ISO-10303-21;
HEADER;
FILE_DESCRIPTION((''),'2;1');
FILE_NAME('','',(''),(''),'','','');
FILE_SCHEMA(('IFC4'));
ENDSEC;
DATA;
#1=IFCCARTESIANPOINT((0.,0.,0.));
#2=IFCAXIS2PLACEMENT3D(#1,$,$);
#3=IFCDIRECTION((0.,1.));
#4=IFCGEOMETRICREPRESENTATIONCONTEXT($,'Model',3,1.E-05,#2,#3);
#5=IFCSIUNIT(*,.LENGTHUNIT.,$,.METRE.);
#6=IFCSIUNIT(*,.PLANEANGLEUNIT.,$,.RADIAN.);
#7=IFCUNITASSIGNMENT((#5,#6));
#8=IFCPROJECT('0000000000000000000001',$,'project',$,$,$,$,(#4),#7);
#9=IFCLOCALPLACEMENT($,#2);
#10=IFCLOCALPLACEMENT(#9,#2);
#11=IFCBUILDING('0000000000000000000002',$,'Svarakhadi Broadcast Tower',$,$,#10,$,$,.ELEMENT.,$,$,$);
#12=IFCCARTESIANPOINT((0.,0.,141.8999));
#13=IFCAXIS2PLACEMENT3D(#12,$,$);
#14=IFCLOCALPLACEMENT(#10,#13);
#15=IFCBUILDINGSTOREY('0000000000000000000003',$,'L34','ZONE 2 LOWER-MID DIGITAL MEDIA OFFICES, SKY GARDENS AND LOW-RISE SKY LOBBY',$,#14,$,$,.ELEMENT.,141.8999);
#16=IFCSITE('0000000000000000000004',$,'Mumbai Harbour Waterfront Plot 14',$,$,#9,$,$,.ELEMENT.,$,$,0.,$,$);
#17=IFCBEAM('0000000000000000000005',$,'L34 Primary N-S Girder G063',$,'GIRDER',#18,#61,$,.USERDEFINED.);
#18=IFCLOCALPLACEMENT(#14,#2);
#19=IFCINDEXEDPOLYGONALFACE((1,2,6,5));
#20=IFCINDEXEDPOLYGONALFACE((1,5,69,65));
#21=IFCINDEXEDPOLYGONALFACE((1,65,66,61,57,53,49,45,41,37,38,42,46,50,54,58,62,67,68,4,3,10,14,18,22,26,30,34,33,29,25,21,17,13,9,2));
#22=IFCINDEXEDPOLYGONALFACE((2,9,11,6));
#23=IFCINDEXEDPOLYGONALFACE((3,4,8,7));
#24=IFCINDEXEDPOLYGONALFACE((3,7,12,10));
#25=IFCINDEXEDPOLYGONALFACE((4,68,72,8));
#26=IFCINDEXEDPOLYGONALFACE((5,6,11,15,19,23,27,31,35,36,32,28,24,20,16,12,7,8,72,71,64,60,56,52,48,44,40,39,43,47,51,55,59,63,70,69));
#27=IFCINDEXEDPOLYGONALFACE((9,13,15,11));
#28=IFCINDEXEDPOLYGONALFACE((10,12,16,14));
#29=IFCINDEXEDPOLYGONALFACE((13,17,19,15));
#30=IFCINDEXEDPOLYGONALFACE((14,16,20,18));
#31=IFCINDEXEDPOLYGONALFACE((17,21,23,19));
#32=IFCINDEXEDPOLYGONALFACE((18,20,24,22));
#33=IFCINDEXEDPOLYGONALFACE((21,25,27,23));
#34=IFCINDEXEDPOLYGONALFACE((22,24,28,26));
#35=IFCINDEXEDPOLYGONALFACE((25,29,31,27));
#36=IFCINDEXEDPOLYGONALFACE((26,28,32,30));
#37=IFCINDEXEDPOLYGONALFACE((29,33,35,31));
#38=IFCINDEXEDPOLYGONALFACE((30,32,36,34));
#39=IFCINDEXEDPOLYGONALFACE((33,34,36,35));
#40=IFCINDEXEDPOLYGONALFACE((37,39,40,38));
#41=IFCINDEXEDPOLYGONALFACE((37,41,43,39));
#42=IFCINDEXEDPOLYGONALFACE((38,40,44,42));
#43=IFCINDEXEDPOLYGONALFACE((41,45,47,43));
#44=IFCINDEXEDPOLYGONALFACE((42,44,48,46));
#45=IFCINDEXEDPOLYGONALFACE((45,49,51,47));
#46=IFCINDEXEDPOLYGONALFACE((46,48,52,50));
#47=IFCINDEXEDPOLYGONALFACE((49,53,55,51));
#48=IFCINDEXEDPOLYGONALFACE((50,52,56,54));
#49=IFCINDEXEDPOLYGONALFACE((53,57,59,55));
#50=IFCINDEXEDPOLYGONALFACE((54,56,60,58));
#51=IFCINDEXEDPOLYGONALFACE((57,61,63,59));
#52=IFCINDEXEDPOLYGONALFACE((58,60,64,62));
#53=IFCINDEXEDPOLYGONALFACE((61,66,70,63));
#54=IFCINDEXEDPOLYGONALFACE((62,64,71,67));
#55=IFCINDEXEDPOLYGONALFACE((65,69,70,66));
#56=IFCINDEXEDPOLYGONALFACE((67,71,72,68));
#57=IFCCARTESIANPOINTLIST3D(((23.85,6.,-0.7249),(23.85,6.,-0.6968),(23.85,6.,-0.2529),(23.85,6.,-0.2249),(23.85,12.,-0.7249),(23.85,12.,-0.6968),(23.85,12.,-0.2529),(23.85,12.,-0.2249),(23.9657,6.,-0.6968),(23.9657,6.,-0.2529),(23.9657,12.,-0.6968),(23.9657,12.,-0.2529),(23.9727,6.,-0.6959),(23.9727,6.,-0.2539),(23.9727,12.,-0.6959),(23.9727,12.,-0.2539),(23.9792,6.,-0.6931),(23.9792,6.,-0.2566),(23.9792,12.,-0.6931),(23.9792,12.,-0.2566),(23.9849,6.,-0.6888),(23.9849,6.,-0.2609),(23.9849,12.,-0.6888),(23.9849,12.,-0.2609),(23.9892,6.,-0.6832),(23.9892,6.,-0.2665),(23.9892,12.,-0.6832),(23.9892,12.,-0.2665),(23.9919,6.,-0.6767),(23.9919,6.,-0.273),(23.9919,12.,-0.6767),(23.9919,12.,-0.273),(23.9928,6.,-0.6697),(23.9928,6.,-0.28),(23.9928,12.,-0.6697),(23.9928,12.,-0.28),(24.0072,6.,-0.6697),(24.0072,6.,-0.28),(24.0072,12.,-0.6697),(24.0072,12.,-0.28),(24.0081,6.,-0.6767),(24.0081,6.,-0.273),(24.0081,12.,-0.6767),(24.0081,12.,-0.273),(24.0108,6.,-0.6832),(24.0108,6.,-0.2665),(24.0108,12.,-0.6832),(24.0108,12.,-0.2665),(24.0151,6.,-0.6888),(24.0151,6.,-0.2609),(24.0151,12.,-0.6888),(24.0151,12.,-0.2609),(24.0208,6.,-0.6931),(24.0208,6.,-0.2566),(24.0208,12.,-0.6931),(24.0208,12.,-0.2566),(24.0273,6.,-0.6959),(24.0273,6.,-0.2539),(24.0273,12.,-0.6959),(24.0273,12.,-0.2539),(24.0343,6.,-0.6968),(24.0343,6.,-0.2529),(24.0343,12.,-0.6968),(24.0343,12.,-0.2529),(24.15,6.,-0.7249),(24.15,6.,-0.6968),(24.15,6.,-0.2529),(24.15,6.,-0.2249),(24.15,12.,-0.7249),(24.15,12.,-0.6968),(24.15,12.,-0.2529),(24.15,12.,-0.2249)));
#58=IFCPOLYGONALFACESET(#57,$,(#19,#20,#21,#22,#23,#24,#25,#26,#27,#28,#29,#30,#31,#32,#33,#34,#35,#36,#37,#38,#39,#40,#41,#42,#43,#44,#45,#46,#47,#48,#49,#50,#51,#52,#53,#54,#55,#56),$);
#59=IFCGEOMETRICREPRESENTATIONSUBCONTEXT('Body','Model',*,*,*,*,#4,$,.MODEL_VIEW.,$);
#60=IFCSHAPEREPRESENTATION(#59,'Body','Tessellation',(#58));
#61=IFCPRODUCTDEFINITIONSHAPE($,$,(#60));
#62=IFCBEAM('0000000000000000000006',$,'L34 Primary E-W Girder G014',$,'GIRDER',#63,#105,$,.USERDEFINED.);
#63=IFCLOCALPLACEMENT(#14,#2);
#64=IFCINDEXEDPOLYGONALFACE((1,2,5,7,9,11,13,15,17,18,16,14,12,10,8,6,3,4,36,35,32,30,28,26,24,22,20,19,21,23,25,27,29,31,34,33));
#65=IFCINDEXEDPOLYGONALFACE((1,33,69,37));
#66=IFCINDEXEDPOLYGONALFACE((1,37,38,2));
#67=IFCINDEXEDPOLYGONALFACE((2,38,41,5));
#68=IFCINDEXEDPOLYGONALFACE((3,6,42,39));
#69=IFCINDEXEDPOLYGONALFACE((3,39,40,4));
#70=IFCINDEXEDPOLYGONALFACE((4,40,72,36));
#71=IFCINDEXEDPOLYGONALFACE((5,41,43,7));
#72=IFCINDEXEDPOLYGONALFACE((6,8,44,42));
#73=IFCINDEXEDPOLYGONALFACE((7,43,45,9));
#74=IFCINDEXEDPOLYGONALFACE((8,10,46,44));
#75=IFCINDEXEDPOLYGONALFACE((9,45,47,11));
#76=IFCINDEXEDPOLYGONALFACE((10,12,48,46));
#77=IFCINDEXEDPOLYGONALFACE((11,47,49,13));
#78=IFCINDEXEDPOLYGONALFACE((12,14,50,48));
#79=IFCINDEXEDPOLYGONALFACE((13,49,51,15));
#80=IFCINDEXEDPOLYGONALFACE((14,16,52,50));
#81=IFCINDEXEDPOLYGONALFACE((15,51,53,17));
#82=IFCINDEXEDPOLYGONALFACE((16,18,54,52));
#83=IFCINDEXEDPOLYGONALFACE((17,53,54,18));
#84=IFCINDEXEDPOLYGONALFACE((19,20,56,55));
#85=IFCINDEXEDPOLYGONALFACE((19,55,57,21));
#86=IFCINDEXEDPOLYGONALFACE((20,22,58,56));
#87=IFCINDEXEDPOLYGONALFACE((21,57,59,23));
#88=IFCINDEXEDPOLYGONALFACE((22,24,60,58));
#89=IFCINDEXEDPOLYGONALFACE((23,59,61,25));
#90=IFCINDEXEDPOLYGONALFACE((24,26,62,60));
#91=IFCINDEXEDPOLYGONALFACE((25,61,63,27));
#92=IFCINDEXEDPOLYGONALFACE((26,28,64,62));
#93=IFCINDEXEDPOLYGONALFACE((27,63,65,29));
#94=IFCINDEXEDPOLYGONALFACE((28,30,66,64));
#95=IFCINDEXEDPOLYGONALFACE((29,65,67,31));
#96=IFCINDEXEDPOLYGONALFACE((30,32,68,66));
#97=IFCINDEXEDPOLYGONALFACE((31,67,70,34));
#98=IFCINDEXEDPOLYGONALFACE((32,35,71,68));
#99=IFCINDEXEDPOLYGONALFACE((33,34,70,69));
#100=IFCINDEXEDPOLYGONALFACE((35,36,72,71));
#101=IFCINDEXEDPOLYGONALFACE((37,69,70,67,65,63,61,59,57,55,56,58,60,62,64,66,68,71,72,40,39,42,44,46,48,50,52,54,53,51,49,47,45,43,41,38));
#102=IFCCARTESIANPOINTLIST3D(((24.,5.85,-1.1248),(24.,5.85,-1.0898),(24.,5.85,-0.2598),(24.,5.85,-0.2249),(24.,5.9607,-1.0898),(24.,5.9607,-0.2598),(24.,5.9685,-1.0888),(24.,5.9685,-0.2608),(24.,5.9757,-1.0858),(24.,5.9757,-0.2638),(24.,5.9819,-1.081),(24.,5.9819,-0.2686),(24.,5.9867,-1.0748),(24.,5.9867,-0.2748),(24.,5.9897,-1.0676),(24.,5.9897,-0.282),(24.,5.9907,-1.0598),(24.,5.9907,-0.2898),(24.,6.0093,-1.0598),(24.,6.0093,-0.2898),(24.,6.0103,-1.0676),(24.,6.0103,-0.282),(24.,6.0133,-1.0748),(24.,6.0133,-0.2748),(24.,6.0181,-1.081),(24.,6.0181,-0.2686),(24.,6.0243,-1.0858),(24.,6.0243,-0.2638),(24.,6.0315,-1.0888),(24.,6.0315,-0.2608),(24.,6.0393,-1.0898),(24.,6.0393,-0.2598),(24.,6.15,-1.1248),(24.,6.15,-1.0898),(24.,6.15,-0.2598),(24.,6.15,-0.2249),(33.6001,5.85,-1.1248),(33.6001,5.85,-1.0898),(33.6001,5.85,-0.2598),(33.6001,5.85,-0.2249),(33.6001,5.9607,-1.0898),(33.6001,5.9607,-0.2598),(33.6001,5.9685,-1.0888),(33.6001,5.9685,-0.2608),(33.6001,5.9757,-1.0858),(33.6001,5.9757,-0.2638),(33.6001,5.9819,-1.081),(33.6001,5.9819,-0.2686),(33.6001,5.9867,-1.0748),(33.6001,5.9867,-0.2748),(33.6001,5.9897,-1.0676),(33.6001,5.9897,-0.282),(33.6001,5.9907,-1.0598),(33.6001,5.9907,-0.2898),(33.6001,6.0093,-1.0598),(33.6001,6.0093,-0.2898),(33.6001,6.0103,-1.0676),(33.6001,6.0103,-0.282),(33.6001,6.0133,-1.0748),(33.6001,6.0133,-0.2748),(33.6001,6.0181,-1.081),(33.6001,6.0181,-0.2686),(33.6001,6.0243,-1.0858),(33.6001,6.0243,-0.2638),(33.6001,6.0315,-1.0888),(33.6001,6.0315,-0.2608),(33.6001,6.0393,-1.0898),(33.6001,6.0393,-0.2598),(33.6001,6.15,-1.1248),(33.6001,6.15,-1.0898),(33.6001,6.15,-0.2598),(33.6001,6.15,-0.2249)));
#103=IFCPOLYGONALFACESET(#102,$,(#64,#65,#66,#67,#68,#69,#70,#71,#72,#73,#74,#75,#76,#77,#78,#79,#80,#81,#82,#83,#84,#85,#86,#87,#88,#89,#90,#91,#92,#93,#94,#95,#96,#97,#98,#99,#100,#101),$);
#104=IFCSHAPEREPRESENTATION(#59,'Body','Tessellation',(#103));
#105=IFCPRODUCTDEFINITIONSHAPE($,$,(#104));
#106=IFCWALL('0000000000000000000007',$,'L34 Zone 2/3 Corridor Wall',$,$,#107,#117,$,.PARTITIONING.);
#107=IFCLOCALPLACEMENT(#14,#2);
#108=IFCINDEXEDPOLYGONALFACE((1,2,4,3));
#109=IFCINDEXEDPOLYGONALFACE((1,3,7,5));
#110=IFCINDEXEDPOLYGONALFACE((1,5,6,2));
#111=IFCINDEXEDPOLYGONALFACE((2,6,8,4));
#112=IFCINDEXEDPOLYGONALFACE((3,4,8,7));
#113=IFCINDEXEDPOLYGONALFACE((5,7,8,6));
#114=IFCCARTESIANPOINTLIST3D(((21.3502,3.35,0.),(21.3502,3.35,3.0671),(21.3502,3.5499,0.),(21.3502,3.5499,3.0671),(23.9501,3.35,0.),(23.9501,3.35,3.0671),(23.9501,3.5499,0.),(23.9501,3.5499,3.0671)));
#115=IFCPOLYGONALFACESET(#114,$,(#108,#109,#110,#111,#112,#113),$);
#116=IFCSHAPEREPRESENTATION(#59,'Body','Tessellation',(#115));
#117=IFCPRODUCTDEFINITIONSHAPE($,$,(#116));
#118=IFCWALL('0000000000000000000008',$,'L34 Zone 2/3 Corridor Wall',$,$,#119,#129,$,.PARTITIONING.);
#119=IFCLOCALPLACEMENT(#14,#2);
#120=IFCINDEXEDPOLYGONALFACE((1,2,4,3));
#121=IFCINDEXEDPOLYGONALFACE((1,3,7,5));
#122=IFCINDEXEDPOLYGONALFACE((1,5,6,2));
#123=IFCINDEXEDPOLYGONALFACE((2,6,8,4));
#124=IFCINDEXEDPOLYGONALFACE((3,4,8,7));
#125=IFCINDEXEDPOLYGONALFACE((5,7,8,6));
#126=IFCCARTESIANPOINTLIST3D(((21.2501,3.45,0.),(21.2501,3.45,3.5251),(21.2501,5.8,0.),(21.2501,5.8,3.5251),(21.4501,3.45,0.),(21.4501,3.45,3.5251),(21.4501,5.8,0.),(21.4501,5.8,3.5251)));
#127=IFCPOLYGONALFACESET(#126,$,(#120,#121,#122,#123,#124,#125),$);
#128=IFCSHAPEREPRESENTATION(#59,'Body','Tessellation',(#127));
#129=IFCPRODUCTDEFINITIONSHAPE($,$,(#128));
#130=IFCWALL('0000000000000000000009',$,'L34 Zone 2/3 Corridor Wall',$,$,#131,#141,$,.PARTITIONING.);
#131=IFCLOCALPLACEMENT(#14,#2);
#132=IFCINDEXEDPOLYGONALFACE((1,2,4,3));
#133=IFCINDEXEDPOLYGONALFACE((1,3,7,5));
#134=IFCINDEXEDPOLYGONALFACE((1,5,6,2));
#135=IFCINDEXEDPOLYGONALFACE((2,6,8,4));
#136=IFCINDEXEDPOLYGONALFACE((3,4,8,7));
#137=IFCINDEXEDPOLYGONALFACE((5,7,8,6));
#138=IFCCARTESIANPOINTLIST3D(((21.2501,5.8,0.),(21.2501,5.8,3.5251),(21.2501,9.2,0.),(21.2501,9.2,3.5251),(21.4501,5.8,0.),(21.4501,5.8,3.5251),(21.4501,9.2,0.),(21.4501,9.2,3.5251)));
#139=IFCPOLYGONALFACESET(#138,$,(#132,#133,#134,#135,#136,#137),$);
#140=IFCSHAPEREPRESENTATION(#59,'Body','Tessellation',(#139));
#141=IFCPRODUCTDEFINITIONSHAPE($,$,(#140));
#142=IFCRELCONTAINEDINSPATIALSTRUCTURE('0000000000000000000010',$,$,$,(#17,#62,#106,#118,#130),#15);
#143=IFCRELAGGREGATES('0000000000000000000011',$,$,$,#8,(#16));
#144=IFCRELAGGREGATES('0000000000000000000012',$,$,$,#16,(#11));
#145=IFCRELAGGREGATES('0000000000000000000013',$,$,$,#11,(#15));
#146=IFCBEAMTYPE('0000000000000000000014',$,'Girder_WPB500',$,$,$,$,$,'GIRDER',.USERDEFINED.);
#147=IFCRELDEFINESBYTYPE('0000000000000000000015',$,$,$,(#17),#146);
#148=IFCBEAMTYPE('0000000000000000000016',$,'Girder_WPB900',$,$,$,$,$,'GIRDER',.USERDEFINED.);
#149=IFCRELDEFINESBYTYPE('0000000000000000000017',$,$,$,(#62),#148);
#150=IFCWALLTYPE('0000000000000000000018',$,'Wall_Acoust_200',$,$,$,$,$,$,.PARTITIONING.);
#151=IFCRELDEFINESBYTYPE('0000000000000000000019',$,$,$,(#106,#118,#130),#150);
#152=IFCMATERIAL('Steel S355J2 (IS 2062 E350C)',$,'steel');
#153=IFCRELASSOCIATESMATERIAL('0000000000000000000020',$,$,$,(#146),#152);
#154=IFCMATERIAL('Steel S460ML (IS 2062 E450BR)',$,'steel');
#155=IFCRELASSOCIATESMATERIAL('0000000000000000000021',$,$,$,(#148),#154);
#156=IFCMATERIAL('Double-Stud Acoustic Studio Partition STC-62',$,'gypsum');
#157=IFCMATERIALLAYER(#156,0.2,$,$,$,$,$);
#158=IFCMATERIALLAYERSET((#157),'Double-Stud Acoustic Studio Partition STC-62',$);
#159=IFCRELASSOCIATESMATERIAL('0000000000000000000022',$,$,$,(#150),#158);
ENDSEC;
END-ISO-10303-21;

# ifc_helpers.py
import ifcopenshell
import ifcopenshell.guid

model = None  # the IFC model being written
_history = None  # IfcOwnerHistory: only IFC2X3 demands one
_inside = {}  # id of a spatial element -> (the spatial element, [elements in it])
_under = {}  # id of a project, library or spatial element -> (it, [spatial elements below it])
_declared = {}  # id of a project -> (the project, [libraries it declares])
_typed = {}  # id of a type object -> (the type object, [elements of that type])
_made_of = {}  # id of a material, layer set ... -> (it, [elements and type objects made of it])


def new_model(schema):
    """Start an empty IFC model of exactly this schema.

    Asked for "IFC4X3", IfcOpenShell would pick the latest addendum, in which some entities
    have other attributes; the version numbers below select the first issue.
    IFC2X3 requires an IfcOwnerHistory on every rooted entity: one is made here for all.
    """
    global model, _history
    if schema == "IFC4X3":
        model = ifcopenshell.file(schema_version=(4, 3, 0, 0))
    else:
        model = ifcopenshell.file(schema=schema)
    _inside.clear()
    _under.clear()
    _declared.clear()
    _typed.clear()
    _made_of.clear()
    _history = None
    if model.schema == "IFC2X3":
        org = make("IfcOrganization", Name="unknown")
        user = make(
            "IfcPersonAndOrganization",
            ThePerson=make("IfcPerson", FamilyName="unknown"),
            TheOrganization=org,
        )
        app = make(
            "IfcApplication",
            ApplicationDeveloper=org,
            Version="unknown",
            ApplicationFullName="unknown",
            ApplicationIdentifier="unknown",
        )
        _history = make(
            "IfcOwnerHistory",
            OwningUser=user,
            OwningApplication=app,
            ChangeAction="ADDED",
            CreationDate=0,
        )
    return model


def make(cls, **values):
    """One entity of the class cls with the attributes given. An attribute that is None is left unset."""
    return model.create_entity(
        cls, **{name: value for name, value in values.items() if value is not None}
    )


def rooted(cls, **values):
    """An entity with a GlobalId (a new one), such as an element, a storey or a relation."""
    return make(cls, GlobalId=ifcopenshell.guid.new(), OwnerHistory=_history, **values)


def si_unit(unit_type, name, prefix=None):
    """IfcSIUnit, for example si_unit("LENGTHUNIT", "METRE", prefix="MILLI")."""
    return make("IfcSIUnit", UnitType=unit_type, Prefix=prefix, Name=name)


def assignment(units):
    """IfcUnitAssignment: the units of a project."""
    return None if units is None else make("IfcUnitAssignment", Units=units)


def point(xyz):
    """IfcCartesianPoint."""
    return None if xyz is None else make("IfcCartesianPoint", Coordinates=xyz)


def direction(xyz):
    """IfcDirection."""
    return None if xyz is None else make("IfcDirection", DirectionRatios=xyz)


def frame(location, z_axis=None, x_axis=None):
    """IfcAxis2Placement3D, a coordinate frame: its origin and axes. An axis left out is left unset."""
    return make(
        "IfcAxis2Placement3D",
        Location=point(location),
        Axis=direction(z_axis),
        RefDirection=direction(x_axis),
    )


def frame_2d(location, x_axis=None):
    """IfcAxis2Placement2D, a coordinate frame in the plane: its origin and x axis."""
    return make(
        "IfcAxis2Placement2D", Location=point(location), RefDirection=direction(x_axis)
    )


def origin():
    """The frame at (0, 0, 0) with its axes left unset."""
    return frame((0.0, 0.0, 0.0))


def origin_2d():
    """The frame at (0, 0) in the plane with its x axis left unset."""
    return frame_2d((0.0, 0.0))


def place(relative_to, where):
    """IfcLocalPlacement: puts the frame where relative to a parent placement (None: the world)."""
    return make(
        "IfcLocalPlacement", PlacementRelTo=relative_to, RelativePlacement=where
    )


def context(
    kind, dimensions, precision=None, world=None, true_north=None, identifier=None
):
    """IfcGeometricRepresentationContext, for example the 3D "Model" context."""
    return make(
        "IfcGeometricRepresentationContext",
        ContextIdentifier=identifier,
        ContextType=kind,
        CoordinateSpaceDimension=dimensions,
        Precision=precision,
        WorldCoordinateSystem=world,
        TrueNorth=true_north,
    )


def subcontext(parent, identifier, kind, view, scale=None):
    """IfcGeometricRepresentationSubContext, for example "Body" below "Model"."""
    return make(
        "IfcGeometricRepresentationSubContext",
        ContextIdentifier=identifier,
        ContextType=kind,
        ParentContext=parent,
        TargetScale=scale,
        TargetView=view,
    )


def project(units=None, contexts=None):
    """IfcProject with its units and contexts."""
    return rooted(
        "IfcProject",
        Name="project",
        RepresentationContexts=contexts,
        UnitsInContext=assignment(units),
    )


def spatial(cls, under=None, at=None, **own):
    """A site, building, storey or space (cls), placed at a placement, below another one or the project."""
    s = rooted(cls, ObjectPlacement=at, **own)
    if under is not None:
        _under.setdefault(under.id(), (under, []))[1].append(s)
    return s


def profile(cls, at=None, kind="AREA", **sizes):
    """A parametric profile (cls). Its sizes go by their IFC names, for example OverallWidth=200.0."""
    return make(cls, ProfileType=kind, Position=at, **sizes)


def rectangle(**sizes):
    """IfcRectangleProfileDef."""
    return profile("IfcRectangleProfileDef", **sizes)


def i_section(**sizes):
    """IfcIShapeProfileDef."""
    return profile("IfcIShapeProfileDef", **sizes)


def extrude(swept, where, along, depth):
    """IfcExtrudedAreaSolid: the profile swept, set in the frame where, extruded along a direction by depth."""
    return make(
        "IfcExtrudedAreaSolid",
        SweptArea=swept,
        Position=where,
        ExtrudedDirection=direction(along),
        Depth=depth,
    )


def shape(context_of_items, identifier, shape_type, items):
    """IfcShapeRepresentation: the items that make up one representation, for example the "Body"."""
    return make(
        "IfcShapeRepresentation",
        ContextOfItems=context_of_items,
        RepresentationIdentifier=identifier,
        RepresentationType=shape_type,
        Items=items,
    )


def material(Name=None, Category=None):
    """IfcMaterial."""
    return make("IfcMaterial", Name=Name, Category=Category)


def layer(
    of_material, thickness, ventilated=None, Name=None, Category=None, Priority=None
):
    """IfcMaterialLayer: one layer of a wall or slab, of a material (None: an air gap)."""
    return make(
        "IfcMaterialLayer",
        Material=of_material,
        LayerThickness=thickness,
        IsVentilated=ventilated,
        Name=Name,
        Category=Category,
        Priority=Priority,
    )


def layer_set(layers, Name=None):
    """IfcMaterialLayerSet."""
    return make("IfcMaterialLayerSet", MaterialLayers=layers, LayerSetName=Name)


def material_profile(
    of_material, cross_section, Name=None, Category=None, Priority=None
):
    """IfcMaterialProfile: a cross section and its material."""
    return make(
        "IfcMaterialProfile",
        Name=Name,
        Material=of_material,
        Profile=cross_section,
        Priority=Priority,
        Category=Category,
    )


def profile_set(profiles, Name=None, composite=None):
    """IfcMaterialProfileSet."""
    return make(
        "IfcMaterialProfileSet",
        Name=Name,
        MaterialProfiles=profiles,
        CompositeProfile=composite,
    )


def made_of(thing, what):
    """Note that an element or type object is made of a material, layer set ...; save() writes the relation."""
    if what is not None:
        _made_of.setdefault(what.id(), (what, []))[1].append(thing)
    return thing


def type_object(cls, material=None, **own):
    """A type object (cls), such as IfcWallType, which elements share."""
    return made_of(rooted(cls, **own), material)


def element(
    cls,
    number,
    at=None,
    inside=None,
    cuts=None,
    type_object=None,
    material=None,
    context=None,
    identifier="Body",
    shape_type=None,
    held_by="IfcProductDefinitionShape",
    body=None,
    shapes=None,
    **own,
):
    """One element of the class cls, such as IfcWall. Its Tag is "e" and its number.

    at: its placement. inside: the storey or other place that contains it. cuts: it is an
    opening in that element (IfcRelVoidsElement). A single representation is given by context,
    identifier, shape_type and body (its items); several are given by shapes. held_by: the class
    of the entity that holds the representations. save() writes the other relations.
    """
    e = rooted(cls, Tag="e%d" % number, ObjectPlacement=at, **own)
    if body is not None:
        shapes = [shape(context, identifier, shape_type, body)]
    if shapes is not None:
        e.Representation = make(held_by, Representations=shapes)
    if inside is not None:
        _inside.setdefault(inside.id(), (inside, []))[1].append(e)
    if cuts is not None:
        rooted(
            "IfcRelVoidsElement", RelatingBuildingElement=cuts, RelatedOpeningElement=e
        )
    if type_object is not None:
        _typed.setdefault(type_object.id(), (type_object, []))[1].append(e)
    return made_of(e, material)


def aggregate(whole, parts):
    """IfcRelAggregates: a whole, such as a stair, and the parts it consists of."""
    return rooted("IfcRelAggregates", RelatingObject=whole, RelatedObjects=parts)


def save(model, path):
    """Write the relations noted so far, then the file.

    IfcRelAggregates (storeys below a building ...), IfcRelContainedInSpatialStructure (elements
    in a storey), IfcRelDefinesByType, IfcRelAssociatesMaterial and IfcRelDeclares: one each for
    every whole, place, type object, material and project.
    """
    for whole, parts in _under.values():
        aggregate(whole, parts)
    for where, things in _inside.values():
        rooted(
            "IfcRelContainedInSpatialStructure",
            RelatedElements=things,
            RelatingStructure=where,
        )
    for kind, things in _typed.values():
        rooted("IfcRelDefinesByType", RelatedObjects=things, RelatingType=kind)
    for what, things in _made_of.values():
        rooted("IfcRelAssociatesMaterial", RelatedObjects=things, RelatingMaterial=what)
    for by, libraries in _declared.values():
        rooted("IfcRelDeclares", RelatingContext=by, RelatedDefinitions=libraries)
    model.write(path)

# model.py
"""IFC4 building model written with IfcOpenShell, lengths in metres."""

from ifc_helpers import new_model, si_unit, direction, frame, frame_2d, origin, origin_2d, place, context, subcontext, project, spatial, rectangle, i_section, extrude, material, layer, layer_set, material_profile, profile_set, type_object, element, save


model = new_model("IFC4")

# Units and contexts
model_context = context("Model", 3, precision=1e-05, world=origin(), true_north=direction((0.0, 1.0)))
body_context = subcontext(model_context, "Body", "Model", "MODEL_VIEW")
ifc_project = project(units=[si_unit("LENGTHUNIT", "METRE"), si_unit("PLANEANGLEUNIT", "RADIAN")], contexts=[model_context])

# Site, building, storey
site_placement = place(None, origin())
site = spatial("IfcSite", under=ifc_project, at=site_placement, Name="Mumbai Harbour Waterfront Plot 14", CompositionType="ELEMENT", RefElevation=0.0)
building_placement = place(site_placement, origin())
building = spatial("IfcBuilding", under=site, at=building_placement, Name="Svarakhadi Broadcast Tower", CompositionType="ELEMENT")
storey_placement = place(building_placement, frame((0.0, 0.0, 141.8999)))
storey = spatial("IfcBuildingStorey", under=building, at=storey_placement, Name="L34", Description="ZONE 2 LOWER-MID DIGITAL MEDIA OFFICES, SKY GARDENS AND LOW-RISE SKY LOBBY", CompositionType="ELEMENT", Elevation=141.8999)

# Beams
ifc_material_1 = material(Name="Steel S355J2 (IS 2062 E350C)", Category="steel")
ifc_material_profile_1 = material_profile(ifc_material_1, i_section(OverallWidth=0.3, OverallDepth=0.5, WebThickness=0.0144, FlangeThickness=0.0281, FilletRadius=0.0271, at=origin_2d()), Name="WPB 500x300x187")
ifc_profile_set_1 = profile_set([ifc_material_profile_1], Name="Steel S355J2 (IS 2062 E350C)")
beam_type_1 = type_object("IfcBeamType", Name="Girder_WPB500", ElementType="GIRDER", PredefinedType="USERDEFINED", material=ifc_profile_set_1)
for number, where, z_axis, x_axis, name in (
    (1, (24.0, 6.0, -0.4749), (0.0, 1.0, 0.0), (-1.0, 0.0, 0.0), "L34 Primary N-S Girder G063"),
):
    element("IfcBeam", number, at=place(storey_placement, frame(where, z_axis=z_axis, x_axis=x_axis)), inside=storey, type_object=beam_type_1, Name=name, ObjectType="GIRDER", PredefinedType="USERDEFINED", context=body_context, shape_type="SweptSolid", body=[
        extrude(i_section(OverallWidth=0.3, OverallDepth=0.5, WebThickness=0.0144, FlangeThickness=0.0281, FilletRadius=0.0271, at=origin_2d()), origin(), (0.0, 0.0, 1.0), 6.0),
    ])
ifc_material_2 = material(Name="Steel S460ML (IS 2062 E450BR)", Category="steel")
ifc_material_profile_2 = material_profile(ifc_material_2, i_section(OverallWidth=0.3, OverallDepth=0.8999, WebThickness=0.0186, FlangeThickness=0.0349, FilletRadius=0.03, at=origin_2d()), Name="WPB 900x300x291")
ifc_profile_set_2 = profile_set([ifc_material_profile_2], Name="Steel S460ML (IS 2062 E450BR)")
beam_type_2 = type_object("IfcBeamType", Name="Girder_WPB900", ElementType="GIRDER", PredefinedType="USERDEFINED", material=ifc_profile_set_2)
beam_placement = place(storey_placement, frame((24.0, 6.0, -0.6748), z_axis=(1.0, 0.0, 0.0), x_axis=(0.0, 1.0, 0.0)))
element("IfcBeam", 2, at=beam_placement, inside=storey, type_object=beam_type_2, Name="L34 Primary E-W Girder G014", ObjectType="GIRDER", PredefinedType="USERDEFINED", context=body_context, shape_type="SweptSolid", body=[
    extrude(i_section(OverallWidth=0.3, OverallDepth=0.8999, WebThickness=0.0186, FlangeThickness=0.0349, FilletRadius=0.03, at=origin_2d()), origin(), (0.0, 0.0, 1.0), 9.6001),
])

# Walls
ifc_material_3 = material(Name="Double-Stud Acoustic Studio Partition STC-62", Category="gypsum")
ifc_layer_1 = layer(ifc_material_3, 0.2)
ifc_layer_set_1 = layer_set([ifc_layer_1], Name="Double-Stud Acoustic Studio Partition STC-62")
wall_type_1 = type_object("IfcWallType", Name="Wall_Acoust_200", PredefinedType="PARTITIONING", material=ifc_layer_set_1)
wall_1_placement = place(storey_placement, frame((23.95, 3.45, 0.0), z_axis=(0.0, 0.0, 1.0), x_axis=(-1.0, 0.0, 0.0)))
element("IfcWall", 3, at=wall_1_placement, inside=storey, type_object=wall_type_1, Name="L34 Zone 2/3 Corridor Wall", PredefinedType="PARTITIONING", context=body_context, shape_type="SweptSolid", body=[
    extrude(rectangle(XDim=2.5999, YDim=0.2, at=frame_2d((1.2998, 0.0))), origin(), (0.0, 0.0, 1.0), 3.0671),
])
wall_2_placement = place(storey_placement, frame((21.3501, 3.45, 0.0), z_axis=(0.0, 0.0, 1.0), x_axis=(0.0, 1.0, 0.0)))
element("IfcWall", 4, at=wall_2_placement, inside=storey, type_object=wall_type_1, Name="L34 Zone 2/3 Corridor Wall", PredefinedType="PARTITIONING", context=body_context, shape_type="SweptSolid", body=[
    extrude(rectangle(XDim=2.3501, YDim=0.2, at=frame_2d((1.175, 0.0))), origin(), (0.0, 0.0, 1.0), 3.5251),
])
wall_3_placement = place(storey_placement, frame((21.3501, 5.8, 0.0), z_axis=(0.0, 0.0, 1.0), x_axis=(0.0, 1.0, 0.0)))
element("IfcWall", 5, at=wall_3_placement, inside=storey, type_object=wall_type_1, Name="L34 Zone 2/3 Corridor Wall", PredefinedType="PARTITIONING", context=body_context, shape_type="SweptSolid", body=[
    extrude(rectangle(XDim=3.3999, YDim=0.2, at=frame_2d((1.7, 0.0))), origin(), (0.0, 0.0, 1.0), 3.5251),
])

save(model, "model.ifc")
